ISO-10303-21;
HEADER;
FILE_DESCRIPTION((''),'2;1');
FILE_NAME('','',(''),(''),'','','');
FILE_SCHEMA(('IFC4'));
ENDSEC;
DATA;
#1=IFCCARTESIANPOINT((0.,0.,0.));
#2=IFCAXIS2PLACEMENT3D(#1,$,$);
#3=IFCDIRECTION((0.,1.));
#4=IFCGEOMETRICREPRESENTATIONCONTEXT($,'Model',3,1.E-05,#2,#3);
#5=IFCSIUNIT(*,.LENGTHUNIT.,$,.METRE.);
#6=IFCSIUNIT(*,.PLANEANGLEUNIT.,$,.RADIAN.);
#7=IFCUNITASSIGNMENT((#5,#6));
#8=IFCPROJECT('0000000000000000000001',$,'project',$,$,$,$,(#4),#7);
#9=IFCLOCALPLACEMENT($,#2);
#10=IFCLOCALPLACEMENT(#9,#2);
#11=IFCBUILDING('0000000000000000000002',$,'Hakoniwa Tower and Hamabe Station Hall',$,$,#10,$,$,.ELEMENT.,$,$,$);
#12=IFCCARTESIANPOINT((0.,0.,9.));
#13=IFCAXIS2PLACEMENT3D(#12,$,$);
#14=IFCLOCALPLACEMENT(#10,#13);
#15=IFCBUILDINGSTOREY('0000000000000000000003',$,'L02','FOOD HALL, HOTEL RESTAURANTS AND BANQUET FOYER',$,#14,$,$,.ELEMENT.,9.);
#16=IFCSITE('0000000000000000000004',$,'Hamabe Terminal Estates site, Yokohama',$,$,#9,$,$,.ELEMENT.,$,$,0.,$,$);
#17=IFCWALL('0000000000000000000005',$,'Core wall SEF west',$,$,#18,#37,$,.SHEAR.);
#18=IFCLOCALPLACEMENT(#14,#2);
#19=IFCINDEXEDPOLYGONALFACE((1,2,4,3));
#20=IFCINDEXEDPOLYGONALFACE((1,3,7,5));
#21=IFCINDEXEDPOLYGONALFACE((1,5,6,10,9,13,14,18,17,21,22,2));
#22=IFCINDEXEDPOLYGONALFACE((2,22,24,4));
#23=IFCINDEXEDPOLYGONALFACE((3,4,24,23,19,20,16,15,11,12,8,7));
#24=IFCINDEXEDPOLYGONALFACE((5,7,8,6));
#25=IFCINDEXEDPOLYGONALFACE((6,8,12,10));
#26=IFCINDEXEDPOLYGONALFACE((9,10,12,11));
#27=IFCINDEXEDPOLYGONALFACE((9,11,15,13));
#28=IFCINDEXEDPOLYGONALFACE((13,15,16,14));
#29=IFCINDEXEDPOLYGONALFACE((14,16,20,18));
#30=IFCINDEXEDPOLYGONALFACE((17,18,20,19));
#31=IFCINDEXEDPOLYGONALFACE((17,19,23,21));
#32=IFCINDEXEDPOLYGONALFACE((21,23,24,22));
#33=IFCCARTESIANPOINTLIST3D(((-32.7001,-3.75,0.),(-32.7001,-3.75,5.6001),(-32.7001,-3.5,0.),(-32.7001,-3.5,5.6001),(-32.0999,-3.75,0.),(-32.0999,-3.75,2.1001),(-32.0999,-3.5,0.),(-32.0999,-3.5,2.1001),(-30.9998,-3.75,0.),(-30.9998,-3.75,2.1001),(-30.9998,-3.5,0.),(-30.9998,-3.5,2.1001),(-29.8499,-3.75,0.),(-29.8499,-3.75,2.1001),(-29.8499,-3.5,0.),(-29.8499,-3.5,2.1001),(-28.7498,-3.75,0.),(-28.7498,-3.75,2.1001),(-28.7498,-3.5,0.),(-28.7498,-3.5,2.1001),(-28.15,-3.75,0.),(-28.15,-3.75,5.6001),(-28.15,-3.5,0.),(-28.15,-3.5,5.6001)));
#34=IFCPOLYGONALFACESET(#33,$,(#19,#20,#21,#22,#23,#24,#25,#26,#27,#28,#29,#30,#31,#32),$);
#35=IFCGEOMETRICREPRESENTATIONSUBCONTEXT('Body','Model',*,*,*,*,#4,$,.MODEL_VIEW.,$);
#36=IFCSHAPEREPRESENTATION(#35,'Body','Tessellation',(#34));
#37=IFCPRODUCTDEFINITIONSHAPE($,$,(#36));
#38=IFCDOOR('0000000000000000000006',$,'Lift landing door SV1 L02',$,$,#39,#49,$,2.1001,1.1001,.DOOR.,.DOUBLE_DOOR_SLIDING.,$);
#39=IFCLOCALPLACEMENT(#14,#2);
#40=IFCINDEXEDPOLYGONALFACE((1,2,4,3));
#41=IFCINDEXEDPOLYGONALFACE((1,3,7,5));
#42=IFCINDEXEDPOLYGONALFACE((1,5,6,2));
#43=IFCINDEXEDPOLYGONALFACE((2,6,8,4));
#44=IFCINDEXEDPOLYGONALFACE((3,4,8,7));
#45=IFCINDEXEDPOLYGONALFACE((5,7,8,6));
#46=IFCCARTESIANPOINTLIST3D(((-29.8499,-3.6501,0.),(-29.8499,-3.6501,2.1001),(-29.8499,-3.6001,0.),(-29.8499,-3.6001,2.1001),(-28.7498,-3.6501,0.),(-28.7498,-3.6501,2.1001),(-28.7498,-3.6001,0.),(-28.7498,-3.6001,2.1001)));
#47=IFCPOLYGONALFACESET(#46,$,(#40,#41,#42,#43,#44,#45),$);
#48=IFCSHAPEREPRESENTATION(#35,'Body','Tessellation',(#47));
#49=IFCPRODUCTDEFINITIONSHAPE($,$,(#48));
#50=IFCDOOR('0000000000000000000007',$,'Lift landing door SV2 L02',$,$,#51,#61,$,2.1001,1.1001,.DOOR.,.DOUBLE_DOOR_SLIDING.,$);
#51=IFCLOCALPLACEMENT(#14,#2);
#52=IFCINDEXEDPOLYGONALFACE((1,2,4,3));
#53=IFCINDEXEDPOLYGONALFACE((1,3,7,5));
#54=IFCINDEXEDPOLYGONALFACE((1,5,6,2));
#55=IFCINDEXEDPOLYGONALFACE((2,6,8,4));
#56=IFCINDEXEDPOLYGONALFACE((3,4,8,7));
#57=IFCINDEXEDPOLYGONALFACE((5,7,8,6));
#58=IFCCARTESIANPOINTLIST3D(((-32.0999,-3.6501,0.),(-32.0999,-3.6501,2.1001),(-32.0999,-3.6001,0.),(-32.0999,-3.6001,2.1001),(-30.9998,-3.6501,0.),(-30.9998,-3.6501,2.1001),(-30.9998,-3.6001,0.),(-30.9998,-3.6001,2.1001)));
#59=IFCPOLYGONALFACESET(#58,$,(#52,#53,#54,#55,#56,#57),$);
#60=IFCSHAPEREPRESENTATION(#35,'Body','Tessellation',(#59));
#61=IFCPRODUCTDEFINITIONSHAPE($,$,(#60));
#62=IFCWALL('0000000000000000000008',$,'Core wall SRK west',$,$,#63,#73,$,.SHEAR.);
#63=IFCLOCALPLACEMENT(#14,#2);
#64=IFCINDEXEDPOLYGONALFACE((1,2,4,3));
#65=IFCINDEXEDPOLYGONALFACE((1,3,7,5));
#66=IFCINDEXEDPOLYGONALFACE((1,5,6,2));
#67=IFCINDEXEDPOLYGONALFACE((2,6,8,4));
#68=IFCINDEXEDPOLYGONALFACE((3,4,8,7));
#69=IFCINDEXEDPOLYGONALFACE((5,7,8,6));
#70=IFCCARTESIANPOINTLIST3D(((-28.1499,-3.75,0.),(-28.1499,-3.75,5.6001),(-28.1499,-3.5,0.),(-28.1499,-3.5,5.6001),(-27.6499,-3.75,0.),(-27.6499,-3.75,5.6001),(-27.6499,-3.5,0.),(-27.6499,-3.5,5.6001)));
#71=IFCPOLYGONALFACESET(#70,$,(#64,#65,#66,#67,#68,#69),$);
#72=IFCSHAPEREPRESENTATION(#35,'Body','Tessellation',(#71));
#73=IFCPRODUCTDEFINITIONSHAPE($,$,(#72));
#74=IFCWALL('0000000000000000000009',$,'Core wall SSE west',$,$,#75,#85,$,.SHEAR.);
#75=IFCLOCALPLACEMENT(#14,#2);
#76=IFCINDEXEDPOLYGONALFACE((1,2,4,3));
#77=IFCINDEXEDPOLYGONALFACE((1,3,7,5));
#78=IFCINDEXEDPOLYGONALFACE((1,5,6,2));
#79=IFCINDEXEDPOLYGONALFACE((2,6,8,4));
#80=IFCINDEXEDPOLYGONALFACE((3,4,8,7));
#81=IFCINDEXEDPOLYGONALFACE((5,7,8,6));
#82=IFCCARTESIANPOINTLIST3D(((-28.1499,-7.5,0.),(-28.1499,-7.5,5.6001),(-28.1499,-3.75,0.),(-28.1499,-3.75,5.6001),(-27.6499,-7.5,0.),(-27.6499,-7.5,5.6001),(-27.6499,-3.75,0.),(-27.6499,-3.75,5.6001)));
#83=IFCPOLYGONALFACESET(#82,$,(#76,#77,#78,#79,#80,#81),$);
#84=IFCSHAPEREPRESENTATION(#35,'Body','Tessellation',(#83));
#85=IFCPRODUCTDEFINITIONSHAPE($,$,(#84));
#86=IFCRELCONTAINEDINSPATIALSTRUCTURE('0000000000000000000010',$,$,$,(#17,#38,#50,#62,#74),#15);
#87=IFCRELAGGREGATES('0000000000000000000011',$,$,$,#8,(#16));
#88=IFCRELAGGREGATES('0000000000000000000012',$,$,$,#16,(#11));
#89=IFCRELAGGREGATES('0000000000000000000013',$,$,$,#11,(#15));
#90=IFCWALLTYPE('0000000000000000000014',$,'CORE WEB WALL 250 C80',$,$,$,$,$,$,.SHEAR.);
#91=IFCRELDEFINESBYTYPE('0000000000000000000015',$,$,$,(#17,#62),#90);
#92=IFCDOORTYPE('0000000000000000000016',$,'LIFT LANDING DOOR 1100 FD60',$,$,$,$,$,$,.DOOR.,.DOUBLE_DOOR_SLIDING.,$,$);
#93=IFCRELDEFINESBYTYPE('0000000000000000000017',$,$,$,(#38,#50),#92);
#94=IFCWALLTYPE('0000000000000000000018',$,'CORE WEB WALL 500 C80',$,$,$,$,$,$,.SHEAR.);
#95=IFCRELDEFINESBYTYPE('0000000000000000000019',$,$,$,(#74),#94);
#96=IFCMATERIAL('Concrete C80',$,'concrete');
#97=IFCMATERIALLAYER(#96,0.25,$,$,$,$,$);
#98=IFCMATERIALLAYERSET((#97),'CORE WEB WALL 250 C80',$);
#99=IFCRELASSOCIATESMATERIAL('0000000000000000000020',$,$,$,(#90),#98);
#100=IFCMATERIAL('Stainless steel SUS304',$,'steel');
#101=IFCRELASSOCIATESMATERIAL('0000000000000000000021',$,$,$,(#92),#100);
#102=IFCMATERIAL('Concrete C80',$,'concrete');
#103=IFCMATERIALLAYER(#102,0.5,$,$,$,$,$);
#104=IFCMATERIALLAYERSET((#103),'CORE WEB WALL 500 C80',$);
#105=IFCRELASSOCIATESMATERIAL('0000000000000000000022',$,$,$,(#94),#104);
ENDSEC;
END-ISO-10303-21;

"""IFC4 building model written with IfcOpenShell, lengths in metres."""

from ifc_helpers import new_model, si_unit, direction, frame, frame_2d, origin, place, context, subcontext, project, spatial, rectangle, extrude, material, layer, layer_set, type_object, element, fill, save


model = new_model("IFC4")

# Units and contexts
model_context = context("Model", 3, precision=1e-05, world=origin(), true_north=direction((0.0, 1.0)))
body_context = subcontext(model_context, "Body", "Model", "MODEL_VIEW")
ifc_project = project(units=[si_unit("LENGTHUNIT", "METRE"), si_unit("PLANEANGLEUNIT", "RADIAN")], contexts=[model_context])

# Site, building, storey
site_placement = place(None, origin())
site = spatial("IfcSite", under=ifc_project, at=site_placement, Name="Hamabe Terminal Estates site, Yokohama", CompositionType="ELEMENT", RefElevation=0.0)
building_placement = place(site_placement, origin())
building = spatial("IfcBuilding", under=site, at=building_placement, Name="Hakoniwa Tower and Hamabe Station Hall", CompositionType="ELEMENT")
storey_placement = place(building_placement, frame((0.0, 0.0, 9.0)))
storey = spatial("IfcBuildingStorey", under=building, at=storey_placement, Name="L02", Description="FOOD HALL, HOTEL RESTAURANTS AND BANQUET FOYER", CompositionType="ELEMENT", Elevation=9.0)

# Shared definitions
ifc_material_1 = material(Name="Concrete C80", Category="concrete")
ifc_layer_1 = layer(ifc_material_1, 0.25)
ifc_layer_set_1 = layer_set([ifc_layer_1], Name="CORE WEB WALL 250 C80")
wall_type_1 = type_object("IfcWallType", Name="CORE WEB WALL 250 C80", PredefinedType="SHEAR", material=ifc_layer_set_1)
ifc_material_2 = material(Name="Stainless steel SUS304", Category="steel")
door_type_1 = type_object("IfcDoorType", Name="LIFT LANDING DOOR 1100 FD60", OperationType="DOUBLE_DOOR_SLIDING", PredefinedType="DOOR", material=ifc_material_2)

# Wall, openings, doors
wall_1_placement = place(storey_placement, frame((-32.7, -3.625, 0.0), z_axis=(0.0, 0.0, 1.0), x_axis=(1.0, 0.0, 0.0)))
wall_1 = element("IfcWall", 1, at=wall_1_placement, inside=storey, type_object=wall_type_1, Name="Core wall SEF west", PredefinedType="SHEAR", context=body_context, shape_type="SweptSolid", body=[
    extrude(rectangle(XDim=4.55, YDim=0.25, at=frame_2d((2.2749, 0.0))), origin(), (0.0, 0.0, 1.0), 5.6001),
])
opening_1_placement = place(wall_1_placement, frame((2.8501, 0.0, 0.0)))
opening_1 = element("IfcOpeningElement", 2, at=opening_1_placement, cuts=wall_1, PredefinedType="OPENING", context=body_context, shape_type="SweptSolid", body=[
    extrude(rectangle(XDim=1.1001, YDim=2.1001, at=frame_2d((0.55, 1.05))), frame((0.0, 0.135, 0.0), z_axis=(0.0, -1.0, 0.0), x_axis=(1.0, 0.0, 0.0)), (0.0, 0.0, 1.0), 0.27),
])
opening_2_placement = place(wall_1_placement, frame((0.6001, 0.0, 0.0)))
opening_2 = element("IfcOpeningElement", 3, at=opening_2_placement, cuts=wall_1, PredefinedType="OPENING", context=body_context, shape_type="SweptSolid", body=[
    extrude(rectangle(XDim=1.1001, YDim=2.1001, at=frame_2d((0.55, 1.05))), frame((0.0, 0.135, 0.0), z_axis=(0.0, -1.0, 0.0), x_axis=(1.0, 0.0, 0.0)), (0.0, 0.0, 1.0), 0.27),
])
door_1_placement = place(opening_1_placement, origin())
door_1 = element("IfcDoor", 4, at=door_1_placement, inside=storey, type_object=door_type_1, Name="Lift landing door SV1 L02", OperationType="DOUBLE_DOOR_SLIDING", OverallHeight=2.1001, OverallWidth=1.1001, PredefinedType="DOOR", context=body_context, shape_type="SweptSolid", body=[
    extrude(rectangle(XDim=1.1001, YDim=2.1001, at=frame_2d((0.55, 1.05))), frame((0.0, 0.0249, 0.0), z_axis=(0.0, -1.0, 0.0), x_axis=(1.0, 0.0, 0.0)), (0.0, 0.0, 1.0), 0.05),
])
fill(opening_1, door_1)
door_2_placement = place(opening_2_placement, origin())
door_2 = element("IfcDoor", 5, at=door_2_placement, inside=storey, type_object=door_type_1, Name="Lift landing door SV2 L02", OperationType="DOUBLE_DOOR_SLIDING", OverallHeight=2.1001, OverallWidth=1.1001, PredefinedType="DOOR", context=body_context, shape_type="SweptSolid", body=[
    extrude(rectangle(XDim=1.1001, YDim=2.1001, at=frame_2d((0.55, 1.05))), frame((0.0, 0.0249, 0.0), z_axis=(0.0, -1.0, 0.0), x_axis=(1.0, 0.0, 0.0)), (0.0, 0.0, 1.0), 0.05),
])
fill(opening_2, door_2)

# Walls
wall_2_placement = place(storey_placement, frame((-28.1499, -3.625, 0.0), z_axis=(0.0, 0.0, 1.0), x_axis=(1.0, 0.0, 0.0)))
element("IfcWall", 6, at=wall_2_placement, inside=storey, type_object=wall_type_1, Name="Core wall SRK west", PredefinedType="SHEAR", context=body_context, shape_type="SweptSolid", body=[
    extrude(rectangle(XDim=0.5, YDim=0.25, at=frame_2d((0.25, 0.0))), origin(), (0.0, 0.0, 1.0), 5.6001),
])
ifc_material_3 = material(Name="Concrete C80", Category="concrete")
ifc_layer_2 = layer(ifc_material_3, 0.5)
ifc_layer_set_2 = layer_set([ifc_layer_2], Name="CORE WEB WALL 500 C80")
wall_type_2 = type_object("IfcWallType", Name="CORE WEB WALL 500 C80", PredefinedType="SHEAR", material=ifc_layer_set_2)
wall_3_placement = place(storey_placement, frame((-27.8999, -7.5, 0.0), z_axis=(0.0, 0.0, 1.0), x_axis=(0.0, 1.0, 0.0)))
element("IfcWall", 7, at=wall_3_placement, inside=storey, type_object=wall_type_2, Name="Core wall SSE west", PredefinedType="SHEAR", context=body_context, shape_type="SweptSolid", body=[
    extrude(rectangle(XDim=3.75, YDim=0.5, at=frame_2d((1.875, 0.0))), origin(), (0.0, 0.0, 1.0), 5.6001),
])

save(model, "model.ifc")
